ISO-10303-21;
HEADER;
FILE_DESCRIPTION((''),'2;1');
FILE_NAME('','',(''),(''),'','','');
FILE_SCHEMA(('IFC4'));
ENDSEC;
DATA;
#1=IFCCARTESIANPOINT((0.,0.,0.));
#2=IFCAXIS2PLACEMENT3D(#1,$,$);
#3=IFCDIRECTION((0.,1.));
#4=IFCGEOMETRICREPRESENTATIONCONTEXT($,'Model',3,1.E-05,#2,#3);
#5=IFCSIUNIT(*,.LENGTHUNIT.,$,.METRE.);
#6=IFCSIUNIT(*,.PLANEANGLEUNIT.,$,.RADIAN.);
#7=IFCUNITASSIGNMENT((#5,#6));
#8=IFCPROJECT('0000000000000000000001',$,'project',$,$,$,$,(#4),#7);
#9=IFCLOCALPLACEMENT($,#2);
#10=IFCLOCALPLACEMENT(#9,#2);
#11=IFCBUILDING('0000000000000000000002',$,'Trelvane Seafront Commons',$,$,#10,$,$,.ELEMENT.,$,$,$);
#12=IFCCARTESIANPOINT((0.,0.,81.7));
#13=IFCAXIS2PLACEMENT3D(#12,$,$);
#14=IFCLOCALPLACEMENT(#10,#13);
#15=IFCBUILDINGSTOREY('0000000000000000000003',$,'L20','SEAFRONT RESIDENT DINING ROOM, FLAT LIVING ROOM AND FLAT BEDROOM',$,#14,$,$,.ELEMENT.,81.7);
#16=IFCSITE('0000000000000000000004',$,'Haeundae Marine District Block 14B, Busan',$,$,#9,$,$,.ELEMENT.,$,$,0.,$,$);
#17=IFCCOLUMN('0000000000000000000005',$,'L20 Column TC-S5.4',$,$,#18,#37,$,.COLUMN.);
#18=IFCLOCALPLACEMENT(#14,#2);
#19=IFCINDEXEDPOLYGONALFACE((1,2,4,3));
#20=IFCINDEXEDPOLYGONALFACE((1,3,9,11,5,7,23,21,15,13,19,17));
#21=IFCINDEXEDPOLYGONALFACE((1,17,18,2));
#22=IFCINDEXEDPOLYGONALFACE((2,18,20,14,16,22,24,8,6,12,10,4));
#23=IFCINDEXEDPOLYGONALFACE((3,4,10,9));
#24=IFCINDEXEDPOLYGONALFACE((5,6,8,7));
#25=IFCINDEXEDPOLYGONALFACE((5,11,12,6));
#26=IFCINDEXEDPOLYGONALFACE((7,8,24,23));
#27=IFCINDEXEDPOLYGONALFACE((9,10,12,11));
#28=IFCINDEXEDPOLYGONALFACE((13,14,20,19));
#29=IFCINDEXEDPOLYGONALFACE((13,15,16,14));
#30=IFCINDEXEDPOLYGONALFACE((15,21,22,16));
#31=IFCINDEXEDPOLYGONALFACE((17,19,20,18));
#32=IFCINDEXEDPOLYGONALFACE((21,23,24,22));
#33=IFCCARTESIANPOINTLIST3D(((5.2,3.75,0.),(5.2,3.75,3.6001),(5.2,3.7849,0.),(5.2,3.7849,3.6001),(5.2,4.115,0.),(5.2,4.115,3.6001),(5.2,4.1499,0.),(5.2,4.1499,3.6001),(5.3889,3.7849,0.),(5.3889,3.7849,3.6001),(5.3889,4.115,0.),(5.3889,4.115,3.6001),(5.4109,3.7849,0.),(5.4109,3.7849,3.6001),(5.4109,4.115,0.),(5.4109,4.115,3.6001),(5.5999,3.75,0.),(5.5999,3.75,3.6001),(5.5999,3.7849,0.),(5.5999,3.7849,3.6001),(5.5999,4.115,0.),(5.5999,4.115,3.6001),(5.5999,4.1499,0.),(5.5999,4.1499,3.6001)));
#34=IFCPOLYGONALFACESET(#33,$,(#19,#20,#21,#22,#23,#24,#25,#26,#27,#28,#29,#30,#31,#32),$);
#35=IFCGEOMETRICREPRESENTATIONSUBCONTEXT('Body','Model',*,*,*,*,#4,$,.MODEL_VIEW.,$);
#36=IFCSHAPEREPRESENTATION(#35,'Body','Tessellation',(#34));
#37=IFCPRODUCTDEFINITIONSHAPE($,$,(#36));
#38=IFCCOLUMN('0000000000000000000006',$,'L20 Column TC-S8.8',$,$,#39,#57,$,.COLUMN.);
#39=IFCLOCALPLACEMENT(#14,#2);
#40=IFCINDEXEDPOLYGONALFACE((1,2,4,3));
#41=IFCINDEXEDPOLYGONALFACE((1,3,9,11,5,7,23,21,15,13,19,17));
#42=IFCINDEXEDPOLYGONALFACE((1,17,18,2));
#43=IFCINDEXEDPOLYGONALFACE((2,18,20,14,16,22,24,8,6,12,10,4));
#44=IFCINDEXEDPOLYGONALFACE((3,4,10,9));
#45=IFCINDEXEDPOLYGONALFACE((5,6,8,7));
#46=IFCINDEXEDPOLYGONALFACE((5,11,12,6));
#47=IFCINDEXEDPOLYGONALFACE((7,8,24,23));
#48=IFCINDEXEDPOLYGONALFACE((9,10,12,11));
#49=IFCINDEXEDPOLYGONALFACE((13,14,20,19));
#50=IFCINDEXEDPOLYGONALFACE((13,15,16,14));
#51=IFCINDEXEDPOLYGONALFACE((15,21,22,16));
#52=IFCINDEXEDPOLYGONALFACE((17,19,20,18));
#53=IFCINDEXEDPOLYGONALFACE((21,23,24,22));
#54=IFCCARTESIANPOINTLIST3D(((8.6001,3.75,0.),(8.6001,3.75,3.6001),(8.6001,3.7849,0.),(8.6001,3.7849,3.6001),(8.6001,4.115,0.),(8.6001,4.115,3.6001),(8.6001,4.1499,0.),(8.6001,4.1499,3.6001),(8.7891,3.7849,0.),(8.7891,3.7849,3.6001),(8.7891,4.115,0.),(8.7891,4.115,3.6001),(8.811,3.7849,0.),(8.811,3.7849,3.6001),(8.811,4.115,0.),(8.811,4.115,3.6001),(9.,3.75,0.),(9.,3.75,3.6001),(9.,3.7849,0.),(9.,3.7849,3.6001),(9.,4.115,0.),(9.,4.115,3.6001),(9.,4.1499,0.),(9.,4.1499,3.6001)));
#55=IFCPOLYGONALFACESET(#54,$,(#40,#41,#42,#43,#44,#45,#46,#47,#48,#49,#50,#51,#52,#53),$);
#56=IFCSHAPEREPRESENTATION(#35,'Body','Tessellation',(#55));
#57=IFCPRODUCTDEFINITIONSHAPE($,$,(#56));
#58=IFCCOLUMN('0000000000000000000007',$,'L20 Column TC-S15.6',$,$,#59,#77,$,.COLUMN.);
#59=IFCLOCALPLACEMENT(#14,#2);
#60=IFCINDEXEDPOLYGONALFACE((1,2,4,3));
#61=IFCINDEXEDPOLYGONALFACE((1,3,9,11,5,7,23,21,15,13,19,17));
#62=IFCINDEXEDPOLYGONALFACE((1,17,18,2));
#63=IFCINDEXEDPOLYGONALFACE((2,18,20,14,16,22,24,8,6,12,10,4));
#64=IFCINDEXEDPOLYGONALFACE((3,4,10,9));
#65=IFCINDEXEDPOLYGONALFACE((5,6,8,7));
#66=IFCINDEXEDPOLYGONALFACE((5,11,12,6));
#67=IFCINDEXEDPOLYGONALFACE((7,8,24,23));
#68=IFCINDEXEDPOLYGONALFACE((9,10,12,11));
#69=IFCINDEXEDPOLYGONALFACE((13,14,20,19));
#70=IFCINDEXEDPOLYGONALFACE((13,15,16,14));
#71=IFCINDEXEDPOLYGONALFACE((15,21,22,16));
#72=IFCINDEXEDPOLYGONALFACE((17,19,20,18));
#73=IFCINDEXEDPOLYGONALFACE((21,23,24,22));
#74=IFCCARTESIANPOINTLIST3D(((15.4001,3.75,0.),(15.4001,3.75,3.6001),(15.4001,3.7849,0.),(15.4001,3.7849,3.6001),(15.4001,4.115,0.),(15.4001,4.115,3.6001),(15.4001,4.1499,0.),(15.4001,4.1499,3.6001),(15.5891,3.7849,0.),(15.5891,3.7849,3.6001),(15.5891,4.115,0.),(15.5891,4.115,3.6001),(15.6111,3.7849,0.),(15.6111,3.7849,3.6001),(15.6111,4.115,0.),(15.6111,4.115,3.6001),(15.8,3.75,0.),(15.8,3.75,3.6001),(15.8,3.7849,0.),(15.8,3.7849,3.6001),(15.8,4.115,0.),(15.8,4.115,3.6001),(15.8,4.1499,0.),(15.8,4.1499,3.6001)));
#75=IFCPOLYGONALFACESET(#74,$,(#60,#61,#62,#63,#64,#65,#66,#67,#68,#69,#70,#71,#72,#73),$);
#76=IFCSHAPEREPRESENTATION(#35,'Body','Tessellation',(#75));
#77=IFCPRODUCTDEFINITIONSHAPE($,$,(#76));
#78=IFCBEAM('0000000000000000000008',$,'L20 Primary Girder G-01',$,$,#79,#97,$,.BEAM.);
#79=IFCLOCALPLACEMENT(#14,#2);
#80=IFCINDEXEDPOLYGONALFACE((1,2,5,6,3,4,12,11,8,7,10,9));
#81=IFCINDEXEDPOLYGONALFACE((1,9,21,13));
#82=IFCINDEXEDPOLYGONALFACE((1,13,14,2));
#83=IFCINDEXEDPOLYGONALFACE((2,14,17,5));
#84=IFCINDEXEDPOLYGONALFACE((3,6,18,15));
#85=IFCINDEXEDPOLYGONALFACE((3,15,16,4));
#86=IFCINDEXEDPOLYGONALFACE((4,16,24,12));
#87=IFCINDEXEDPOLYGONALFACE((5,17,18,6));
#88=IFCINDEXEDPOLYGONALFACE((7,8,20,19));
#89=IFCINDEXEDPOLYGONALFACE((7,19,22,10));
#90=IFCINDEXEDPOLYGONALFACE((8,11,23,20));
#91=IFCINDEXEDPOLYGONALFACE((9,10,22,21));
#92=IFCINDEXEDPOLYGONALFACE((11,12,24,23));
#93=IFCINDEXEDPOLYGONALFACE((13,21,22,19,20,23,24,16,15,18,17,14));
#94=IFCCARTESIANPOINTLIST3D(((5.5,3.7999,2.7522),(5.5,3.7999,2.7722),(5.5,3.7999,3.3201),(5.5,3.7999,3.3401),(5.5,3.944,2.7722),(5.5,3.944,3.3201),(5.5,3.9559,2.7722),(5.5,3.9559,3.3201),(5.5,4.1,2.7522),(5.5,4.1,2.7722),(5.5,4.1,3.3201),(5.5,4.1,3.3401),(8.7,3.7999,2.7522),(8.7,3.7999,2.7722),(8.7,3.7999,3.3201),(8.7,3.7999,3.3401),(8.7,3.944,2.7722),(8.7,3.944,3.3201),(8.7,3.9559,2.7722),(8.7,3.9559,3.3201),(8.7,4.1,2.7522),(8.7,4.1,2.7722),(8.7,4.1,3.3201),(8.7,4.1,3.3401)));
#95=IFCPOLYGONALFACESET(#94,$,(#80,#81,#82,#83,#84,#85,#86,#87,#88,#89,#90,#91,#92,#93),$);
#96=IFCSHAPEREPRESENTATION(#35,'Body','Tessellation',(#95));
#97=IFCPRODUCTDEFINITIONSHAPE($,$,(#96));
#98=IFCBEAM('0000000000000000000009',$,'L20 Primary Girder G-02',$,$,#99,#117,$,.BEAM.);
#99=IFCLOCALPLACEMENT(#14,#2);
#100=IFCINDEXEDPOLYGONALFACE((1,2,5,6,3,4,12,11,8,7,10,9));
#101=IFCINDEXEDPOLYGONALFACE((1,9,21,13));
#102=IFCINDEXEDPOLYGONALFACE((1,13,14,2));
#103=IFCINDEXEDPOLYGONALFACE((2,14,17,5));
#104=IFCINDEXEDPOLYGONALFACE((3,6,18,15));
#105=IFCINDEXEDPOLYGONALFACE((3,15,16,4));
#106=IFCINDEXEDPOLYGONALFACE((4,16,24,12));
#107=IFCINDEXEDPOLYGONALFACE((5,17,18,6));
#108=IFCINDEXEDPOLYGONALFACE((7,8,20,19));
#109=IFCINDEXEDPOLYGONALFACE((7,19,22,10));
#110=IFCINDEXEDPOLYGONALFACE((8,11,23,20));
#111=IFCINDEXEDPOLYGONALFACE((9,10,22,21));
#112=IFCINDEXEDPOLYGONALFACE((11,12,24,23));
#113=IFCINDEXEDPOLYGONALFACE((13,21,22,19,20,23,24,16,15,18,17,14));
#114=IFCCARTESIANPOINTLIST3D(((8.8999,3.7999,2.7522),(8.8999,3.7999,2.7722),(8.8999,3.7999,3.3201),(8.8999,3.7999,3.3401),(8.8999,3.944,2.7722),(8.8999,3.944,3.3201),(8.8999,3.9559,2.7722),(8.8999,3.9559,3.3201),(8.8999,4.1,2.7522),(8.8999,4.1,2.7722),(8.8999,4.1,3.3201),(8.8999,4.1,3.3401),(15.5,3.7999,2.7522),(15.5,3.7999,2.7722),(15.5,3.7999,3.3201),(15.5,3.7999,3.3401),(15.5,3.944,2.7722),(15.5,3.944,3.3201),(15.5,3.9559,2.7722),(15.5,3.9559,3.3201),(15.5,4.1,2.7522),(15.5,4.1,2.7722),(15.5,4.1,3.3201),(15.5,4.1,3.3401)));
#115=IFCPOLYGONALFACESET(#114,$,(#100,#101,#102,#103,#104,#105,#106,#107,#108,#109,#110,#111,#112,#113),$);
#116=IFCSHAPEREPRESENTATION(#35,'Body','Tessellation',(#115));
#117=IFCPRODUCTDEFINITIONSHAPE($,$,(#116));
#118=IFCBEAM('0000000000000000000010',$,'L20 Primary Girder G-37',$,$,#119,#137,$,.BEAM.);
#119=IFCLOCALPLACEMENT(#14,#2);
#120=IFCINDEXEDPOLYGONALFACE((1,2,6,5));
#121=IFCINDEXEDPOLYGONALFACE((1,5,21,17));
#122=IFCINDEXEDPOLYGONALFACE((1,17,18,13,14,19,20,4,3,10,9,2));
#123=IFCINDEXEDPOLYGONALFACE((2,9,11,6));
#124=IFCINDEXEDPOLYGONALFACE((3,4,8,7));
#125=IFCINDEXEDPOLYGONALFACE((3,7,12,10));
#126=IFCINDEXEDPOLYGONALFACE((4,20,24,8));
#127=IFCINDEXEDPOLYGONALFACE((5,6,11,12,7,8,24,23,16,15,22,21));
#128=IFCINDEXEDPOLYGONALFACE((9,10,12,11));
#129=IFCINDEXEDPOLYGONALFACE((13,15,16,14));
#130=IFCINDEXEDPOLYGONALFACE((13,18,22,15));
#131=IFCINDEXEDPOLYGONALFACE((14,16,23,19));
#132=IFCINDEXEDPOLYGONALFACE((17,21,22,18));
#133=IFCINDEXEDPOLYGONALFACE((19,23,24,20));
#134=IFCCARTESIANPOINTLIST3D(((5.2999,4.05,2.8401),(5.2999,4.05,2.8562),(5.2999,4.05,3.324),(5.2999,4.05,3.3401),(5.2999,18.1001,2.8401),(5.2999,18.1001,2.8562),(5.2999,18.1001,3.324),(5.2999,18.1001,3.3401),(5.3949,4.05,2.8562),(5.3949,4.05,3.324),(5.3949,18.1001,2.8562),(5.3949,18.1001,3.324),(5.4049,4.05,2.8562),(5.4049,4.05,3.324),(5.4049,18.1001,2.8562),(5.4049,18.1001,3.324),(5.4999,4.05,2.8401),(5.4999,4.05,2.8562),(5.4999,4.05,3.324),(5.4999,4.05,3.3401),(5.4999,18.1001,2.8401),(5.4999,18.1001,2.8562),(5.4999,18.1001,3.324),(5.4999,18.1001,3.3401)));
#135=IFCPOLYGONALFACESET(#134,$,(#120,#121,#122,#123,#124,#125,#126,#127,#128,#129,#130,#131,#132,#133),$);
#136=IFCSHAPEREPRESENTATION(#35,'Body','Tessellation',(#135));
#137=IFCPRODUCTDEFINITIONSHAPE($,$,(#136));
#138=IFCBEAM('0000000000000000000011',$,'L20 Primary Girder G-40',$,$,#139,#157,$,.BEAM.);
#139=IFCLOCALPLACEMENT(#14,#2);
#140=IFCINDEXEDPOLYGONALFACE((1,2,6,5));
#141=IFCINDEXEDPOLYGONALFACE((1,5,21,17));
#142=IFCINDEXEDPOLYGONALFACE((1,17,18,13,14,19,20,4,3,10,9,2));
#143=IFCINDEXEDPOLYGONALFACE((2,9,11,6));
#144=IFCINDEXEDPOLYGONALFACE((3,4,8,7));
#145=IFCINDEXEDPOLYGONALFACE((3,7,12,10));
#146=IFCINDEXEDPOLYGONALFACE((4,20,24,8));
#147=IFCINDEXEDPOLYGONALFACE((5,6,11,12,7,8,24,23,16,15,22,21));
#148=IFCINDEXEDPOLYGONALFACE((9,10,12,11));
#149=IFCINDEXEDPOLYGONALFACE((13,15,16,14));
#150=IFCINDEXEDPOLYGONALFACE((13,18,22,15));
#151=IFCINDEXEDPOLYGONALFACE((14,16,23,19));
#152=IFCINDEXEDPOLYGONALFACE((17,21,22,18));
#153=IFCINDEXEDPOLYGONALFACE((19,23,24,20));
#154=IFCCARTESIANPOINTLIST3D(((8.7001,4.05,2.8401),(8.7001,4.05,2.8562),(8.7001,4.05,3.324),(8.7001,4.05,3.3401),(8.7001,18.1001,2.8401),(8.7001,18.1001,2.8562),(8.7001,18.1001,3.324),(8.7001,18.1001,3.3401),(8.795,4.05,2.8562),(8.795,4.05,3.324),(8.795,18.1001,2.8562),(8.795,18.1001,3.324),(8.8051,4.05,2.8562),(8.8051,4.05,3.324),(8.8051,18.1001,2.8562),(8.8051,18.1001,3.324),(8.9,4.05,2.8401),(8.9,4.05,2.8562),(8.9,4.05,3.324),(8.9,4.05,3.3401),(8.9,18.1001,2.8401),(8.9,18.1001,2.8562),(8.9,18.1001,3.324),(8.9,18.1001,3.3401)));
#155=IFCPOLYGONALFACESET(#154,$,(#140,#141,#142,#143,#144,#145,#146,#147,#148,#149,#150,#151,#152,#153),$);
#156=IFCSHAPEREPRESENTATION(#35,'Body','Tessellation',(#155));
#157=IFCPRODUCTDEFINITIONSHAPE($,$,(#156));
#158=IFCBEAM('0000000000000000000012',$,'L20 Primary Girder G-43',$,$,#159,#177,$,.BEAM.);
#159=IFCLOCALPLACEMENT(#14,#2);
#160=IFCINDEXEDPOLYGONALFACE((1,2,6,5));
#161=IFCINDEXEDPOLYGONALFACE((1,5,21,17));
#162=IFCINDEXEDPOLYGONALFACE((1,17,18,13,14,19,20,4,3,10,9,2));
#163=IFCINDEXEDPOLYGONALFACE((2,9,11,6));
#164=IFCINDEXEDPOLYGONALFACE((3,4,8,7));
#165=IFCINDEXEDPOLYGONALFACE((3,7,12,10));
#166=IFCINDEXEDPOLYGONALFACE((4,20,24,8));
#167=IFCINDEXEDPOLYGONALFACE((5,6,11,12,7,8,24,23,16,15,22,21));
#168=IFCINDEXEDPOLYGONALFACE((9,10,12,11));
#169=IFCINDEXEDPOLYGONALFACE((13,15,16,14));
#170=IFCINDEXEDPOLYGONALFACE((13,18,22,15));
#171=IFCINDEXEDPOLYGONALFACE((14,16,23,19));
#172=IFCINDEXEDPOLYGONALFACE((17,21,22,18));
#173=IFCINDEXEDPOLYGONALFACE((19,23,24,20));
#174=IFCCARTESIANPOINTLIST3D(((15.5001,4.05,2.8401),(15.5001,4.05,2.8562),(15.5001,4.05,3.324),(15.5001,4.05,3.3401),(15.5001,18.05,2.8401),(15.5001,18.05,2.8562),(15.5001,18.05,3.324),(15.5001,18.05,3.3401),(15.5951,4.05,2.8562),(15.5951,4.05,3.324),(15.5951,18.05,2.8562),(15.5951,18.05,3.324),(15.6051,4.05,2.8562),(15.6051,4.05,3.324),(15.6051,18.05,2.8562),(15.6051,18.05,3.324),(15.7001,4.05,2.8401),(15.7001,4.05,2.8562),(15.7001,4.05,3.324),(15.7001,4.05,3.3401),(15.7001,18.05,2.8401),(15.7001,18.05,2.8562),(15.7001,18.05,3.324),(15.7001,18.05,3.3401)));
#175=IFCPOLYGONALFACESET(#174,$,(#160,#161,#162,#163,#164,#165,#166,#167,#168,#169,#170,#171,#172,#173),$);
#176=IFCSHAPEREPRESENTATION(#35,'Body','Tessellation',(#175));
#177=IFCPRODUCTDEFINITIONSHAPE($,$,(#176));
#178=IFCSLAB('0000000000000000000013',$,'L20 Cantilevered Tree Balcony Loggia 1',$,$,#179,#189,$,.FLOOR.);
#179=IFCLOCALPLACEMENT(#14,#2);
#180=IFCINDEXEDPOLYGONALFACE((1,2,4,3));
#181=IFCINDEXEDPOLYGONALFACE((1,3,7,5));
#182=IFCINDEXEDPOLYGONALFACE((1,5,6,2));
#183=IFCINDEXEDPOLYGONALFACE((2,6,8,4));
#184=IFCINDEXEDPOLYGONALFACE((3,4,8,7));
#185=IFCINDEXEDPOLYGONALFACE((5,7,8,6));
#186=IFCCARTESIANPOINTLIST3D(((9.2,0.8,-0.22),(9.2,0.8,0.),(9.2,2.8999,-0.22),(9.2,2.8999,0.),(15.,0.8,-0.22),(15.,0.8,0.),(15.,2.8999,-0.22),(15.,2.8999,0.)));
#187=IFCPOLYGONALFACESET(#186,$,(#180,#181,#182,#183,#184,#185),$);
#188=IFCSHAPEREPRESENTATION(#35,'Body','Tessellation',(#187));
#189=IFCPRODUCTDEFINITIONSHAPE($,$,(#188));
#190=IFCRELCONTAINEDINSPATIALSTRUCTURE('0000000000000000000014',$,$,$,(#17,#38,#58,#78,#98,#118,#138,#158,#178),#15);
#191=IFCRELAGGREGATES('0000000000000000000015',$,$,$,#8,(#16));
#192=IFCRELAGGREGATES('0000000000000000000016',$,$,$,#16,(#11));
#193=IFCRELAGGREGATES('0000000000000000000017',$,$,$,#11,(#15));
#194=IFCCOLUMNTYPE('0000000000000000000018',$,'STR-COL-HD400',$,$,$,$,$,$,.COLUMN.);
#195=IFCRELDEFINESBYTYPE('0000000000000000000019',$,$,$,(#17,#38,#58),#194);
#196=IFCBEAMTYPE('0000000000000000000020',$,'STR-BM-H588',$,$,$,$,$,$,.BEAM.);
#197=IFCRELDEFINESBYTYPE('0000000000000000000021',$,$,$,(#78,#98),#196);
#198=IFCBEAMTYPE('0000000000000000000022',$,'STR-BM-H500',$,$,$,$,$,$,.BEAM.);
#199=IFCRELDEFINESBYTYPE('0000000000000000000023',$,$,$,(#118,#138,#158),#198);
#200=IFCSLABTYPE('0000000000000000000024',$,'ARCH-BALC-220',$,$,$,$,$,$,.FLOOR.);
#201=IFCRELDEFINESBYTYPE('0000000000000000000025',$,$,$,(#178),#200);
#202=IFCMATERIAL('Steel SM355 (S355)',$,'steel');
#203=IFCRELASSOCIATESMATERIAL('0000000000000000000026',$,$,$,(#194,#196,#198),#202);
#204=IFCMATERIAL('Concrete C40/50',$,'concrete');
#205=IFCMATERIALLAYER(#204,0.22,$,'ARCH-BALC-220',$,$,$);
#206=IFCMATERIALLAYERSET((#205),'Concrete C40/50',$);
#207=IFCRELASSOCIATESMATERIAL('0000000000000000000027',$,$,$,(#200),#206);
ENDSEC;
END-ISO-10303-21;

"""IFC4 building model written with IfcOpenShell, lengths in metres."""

from ifc_helpers import new_model, si_unit, direction, frame, origin, origin_2d, place, context, subcontext, project, spatial, polyline, i_section, outline, extrude, source, transform, mapped, material, layer, layer_set, material_profile, profile_set, type_object, element, save


model = new_model("IFC4")

# Units and contexts
model_context = context("Model", 3, precision=1e-05, world=origin(), true_north=direction((0.0, 1.0)))
body_context = subcontext(model_context, "Body", "Model", "MODEL_VIEW")
ifc_project = project(units=[si_unit("LENGTHUNIT", "METRE"), si_unit("PLANEANGLEUNIT", "RADIAN")], contexts=[model_context])

# Site, building, storey
site_placement = place(None, origin())
site = spatial("IfcSite", under=ifc_project, at=site_placement, Name="Haeundae Marine District Block 14B, Busan", CompositionType="ELEMENT", RefElevation=0.0)
building_placement = place(site_placement, origin())
building = spatial("IfcBuilding", under=site, at=building_placement, Name="Trelvane Seafront Commons", CompositionType="ELEMENT")
storey_placement = place(building_placement, frame((0.0, 0.0, 81.7)))
storey = spatial("IfcBuildingStorey", under=building, at=storey_placement, Name="L20", Description="SEAFRONT RESIDENT DINING ROOM, FLAT LIVING ROOM AND FLAT BEDROOM", CompositionType="ELEMENT", Elevation=81.7)

# Columns
ifc_material_1 = material(Name="Steel SM355 (S355)", Category="steel")
ifc_material_profile_1 = material_profile(ifc_material_1, i_section(OverallWidth=0.3999, OverallDepth=0.3999, WebThickness=0.022, FlangeThickness=0.0349, at=origin_2d()), Name="HD-400x400x22x35")
ifc_profile_set_1 = profile_set([ifc_material_profile_1], Name="Steel SM355 (S355)")
column_type = type_object("IfcColumnType", Name="STR-COL-HD400", PredefinedType="COLUMN", material=ifc_profile_set_1)
shared_shape_1 = source(origin(), body_context, "Body", "SweptSolid", [
    extrude(i_section(OverallWidth=0.3999, OverallDepth=0.3999, WebThickness=0.022, FlangeThickness=0.0349, at=origin_2d()), origin(), (0.0, 0.0, 1.0), 3.6001),
])
for number, where, z_axis, x_axis, name in (
    (1, (5.3999, 3.95, 0.0), (0.0, 0.0, 1.0), (1.0, 0.0, 0.0), "L20 Column TC-S5.4"),
    (2, (8.8, 3.95, 0.0), (0.0, 0.0, 1.0), (1.0, 0.0, 0.0), "L20 Column TC-S8.8"),
    (3, (15.6001, 3.95, 0.0), (0.0, 0.0, 1.0), (1.0, 0.0, 0.0), "L20 Column TC-S15.6"),
):
    element("IfcColumn", number, at=place(storey_placement, frame(where, z_axis=z_axis, x_axis=x_axis)), inside=storey, type_object=column_type, Name=name, PredefinedType="COLUMN", context=body_context, shape_type="MappedRepresentation", body=[
        mapped(shared_shape_1, transform((0.0, 0.0, 0.0), x_axis=(1.0, 0.0, 0.0), y_axis=(0.0, 1.0, 0.0), z_axis=(0.0, 0.0, 1.0), scale=1.0)),
    ])

# Beams
ifc_material_profile_2 = material_profile(ifc_material_1, i_section(OverallWidth=0.3, OverallDepth=0.5879, WebThickness=0.012, FlangeThickness=0.02, at=origin_2d()), Name="H-588x300x12x20")
ifc_profile_set_2 = profile_set([ifc_material_profile_2], Name="Steel SM355 (S355)")
beam_type_1 = type_object("IfcBeamType", Name="STR-BM-H588", PredefinedType="BEAM", material=ifc_profile_set_2)
shared_shape_2 = source(origin(), body_context, "Body", "SweptSolid", [
    extrude(i_section(OverallWidth=0.3, OverallDepth=0.5879, WebThickness=0.012, FlangeThickness=0.02, at=origin_2d()), origin(), (0.0, 0.0, 1.0), 3.2),
])
beam_1_placement = place(storey_placement, frame((5.5, 3.95, 3.0461), z_axis=(1.0, 0.0, 0.0), x_axis=(0.0, 1.0, 0.0)))
element("IfcBeam", 4, at=beam_1_placement, inside=storey, type_object=beam_type_1, Name="L20 Primary Girder G-01", PredefinedType="BEAM", context=body_context, shape_type="MappedRepresentation", body=[
    mapped(shared_shape_2, transform((0.0, 0.0, 0.0), x_axis=(1.0, 0.0, 0.0), y_axis=(0.0, 1.0, 0.0), z_axis=(0.0, 0.0, 1.0), scale=1.0)),
])
shared_shape_3 = source(origin(), body_context, "Body", "SweptSolid", [
    extrude(i_section(OverallWidth=0.3, OverallDepth=0.5879, WebThickness=0.012, FlangeThickness=0.02, at=origin_2d()), origin(), (0.0, 0.0, 1.0), 6.6001),
])
beam_2_placement = place(storey_placement, frame((8.8999, 3.95, 3.0461), z_axis=(1.0, 0.0, 0.0), x_axis=(0.0, 1.0, 0.0)))
element("IfcBeam", 5, at=beam_2_placement, inside=storey, type_object=beam_type_1, Name="L20 Primary Girder G-02", PredefinedType="BEAM", context=body_context, shape_type="MappedRepresentation", body=[
    mapped(shared_shape_3, transform((0.0, 0.0, 0.0), x_axis=(1.0, 0.0, 0.0), y_axis=(0.0, 1.0, 0.0), z_axis=(0.0, 0.0, 1.0), scale=1.0)),
])
ifc_material_profile_3 = material_profile(ifc_material_1, i_section(OverallWidth=0.2, OverallDepth=0.5, WebThickness=0.01, FlangeThickness=0.0161, at=origin_2d()), Name="H-500x200x10x16")
ifc_profile_set_3 = profile_set([ifc_material_profile_3], Name="Steel SM355 (S355)")
beam_type_2 = type_object("IfcBeamType", Name="STR-BM-H500", PredefinedType="BEAM", material=ifc_profile_set_3)
shared_shape_4 = source(origin(), body_context, "Body", "SweptSolid", [
    extrude(i_section(OverallWidth=0.2, OverallDepth=0.5, WebThickness=0.01, FlangeThickness=0.0161, at=origin_2d()), origin(), (0.0, 0.0, 1.0), 14.05),
])
for number, where, z_axis, x_axis, name in (
    (6, (5.3999, 4.05, 3.0901), (0.0, 1.0, 0.0), (-1.0, 0.0, 0.0), "L20 Primary Girder G-37"),
    (7, (8.8, 4.05, 3.0901), (0.0, 1.0, 0.0), (-1.0, 0.0, 0.0), "L20 Primary Girder G-40"),
):
    element("IfcBeam", number, at=place(storey_placement, frame(where, z_axis=z_axis, x_axis=x_axis)), inside=storey, type_object=beam_type_2, Name=name, PredefinedType="BEAM", context=body_context, shape_type="MappedRepresentation", body=[
        mapped(shared_shape_4, transform((0.0, 0.0, 0.0), x_axis=(1.0, 0.0, 0.0), y_axis=(0.0, 1.0, 0.0), z_axis=(0.0, 0.0, 1.0), scale=1.0)),
    ])
shared_shape_5 = source(origin(), body_context, "Body", "SweptSolid", [
    extrude(i_section(OverallWidth=0.2, OverallDepth=0.5, WebThickness=0.01, FlangeThickness=0.0161, at=origin_2d()), origin(), (0.0, 0.0, 1.0), 14.0),
])
beam_3_placement = place(storey_placement, frame((15.6001, 4.05, 3.0901), z_axis=(0.0, 1.0, 0.0), x_axis=(-1.0, 0.0, 0.0)))
element("IfcBeam", 8, at=beam_3_placement, inside=storey, type_object=beam_type_2, Name="L20 Primary Girder G-43", PredefinedType="BEAM", context=body_context, shape_type="MappedRepresentation", body=[
    mapped(shared_shape_5, transform((0.0, 0.0, 0.0), x_axis=(1.0, 0.0, 0.0), y_axis=(0.0, 1.0, 0.0), z_axis=(0.0, 0.0, 1.0), scale=1.0)),
])

# Slab
ifc_material_2 = material(Name="Concrete C40/50", Category="concrete")
ifc_layer_1 = layer(ifc_material_2, 0.22, Name="ARCH-BALC-220")
ifc_layer_set_1 = layer_set([ifc_layer_1], Name="Concrete C40/50")
slab_type_1 = type_object("IfcSlabType", Name="ARCH-BALC-220", PredefinedType="FLOOR", material=ifc_layer_set_1)
slab_1_placement = place(storey_placement, frame((0.0, 0.0, -0.22)))
element("IfcSlab", 9, at=slab_1_placement, inside=storey, type_object=slab_type_1, Name="L20 Cantilevered Tree Balcony Loggia 1", PredefinedType="FLOOR", context=body_context, shape_type="SweptSolid", body=[
    extrude(outline(polyline([(9.2, 0.8), (15.0, 0.8), (15.0, 2.8999), (9.2, 2.8999), (9.2, 0.8)])), origin(), (0.0, 0.0, 1.0), 0.22),
])

save(model, "model.ifc")
